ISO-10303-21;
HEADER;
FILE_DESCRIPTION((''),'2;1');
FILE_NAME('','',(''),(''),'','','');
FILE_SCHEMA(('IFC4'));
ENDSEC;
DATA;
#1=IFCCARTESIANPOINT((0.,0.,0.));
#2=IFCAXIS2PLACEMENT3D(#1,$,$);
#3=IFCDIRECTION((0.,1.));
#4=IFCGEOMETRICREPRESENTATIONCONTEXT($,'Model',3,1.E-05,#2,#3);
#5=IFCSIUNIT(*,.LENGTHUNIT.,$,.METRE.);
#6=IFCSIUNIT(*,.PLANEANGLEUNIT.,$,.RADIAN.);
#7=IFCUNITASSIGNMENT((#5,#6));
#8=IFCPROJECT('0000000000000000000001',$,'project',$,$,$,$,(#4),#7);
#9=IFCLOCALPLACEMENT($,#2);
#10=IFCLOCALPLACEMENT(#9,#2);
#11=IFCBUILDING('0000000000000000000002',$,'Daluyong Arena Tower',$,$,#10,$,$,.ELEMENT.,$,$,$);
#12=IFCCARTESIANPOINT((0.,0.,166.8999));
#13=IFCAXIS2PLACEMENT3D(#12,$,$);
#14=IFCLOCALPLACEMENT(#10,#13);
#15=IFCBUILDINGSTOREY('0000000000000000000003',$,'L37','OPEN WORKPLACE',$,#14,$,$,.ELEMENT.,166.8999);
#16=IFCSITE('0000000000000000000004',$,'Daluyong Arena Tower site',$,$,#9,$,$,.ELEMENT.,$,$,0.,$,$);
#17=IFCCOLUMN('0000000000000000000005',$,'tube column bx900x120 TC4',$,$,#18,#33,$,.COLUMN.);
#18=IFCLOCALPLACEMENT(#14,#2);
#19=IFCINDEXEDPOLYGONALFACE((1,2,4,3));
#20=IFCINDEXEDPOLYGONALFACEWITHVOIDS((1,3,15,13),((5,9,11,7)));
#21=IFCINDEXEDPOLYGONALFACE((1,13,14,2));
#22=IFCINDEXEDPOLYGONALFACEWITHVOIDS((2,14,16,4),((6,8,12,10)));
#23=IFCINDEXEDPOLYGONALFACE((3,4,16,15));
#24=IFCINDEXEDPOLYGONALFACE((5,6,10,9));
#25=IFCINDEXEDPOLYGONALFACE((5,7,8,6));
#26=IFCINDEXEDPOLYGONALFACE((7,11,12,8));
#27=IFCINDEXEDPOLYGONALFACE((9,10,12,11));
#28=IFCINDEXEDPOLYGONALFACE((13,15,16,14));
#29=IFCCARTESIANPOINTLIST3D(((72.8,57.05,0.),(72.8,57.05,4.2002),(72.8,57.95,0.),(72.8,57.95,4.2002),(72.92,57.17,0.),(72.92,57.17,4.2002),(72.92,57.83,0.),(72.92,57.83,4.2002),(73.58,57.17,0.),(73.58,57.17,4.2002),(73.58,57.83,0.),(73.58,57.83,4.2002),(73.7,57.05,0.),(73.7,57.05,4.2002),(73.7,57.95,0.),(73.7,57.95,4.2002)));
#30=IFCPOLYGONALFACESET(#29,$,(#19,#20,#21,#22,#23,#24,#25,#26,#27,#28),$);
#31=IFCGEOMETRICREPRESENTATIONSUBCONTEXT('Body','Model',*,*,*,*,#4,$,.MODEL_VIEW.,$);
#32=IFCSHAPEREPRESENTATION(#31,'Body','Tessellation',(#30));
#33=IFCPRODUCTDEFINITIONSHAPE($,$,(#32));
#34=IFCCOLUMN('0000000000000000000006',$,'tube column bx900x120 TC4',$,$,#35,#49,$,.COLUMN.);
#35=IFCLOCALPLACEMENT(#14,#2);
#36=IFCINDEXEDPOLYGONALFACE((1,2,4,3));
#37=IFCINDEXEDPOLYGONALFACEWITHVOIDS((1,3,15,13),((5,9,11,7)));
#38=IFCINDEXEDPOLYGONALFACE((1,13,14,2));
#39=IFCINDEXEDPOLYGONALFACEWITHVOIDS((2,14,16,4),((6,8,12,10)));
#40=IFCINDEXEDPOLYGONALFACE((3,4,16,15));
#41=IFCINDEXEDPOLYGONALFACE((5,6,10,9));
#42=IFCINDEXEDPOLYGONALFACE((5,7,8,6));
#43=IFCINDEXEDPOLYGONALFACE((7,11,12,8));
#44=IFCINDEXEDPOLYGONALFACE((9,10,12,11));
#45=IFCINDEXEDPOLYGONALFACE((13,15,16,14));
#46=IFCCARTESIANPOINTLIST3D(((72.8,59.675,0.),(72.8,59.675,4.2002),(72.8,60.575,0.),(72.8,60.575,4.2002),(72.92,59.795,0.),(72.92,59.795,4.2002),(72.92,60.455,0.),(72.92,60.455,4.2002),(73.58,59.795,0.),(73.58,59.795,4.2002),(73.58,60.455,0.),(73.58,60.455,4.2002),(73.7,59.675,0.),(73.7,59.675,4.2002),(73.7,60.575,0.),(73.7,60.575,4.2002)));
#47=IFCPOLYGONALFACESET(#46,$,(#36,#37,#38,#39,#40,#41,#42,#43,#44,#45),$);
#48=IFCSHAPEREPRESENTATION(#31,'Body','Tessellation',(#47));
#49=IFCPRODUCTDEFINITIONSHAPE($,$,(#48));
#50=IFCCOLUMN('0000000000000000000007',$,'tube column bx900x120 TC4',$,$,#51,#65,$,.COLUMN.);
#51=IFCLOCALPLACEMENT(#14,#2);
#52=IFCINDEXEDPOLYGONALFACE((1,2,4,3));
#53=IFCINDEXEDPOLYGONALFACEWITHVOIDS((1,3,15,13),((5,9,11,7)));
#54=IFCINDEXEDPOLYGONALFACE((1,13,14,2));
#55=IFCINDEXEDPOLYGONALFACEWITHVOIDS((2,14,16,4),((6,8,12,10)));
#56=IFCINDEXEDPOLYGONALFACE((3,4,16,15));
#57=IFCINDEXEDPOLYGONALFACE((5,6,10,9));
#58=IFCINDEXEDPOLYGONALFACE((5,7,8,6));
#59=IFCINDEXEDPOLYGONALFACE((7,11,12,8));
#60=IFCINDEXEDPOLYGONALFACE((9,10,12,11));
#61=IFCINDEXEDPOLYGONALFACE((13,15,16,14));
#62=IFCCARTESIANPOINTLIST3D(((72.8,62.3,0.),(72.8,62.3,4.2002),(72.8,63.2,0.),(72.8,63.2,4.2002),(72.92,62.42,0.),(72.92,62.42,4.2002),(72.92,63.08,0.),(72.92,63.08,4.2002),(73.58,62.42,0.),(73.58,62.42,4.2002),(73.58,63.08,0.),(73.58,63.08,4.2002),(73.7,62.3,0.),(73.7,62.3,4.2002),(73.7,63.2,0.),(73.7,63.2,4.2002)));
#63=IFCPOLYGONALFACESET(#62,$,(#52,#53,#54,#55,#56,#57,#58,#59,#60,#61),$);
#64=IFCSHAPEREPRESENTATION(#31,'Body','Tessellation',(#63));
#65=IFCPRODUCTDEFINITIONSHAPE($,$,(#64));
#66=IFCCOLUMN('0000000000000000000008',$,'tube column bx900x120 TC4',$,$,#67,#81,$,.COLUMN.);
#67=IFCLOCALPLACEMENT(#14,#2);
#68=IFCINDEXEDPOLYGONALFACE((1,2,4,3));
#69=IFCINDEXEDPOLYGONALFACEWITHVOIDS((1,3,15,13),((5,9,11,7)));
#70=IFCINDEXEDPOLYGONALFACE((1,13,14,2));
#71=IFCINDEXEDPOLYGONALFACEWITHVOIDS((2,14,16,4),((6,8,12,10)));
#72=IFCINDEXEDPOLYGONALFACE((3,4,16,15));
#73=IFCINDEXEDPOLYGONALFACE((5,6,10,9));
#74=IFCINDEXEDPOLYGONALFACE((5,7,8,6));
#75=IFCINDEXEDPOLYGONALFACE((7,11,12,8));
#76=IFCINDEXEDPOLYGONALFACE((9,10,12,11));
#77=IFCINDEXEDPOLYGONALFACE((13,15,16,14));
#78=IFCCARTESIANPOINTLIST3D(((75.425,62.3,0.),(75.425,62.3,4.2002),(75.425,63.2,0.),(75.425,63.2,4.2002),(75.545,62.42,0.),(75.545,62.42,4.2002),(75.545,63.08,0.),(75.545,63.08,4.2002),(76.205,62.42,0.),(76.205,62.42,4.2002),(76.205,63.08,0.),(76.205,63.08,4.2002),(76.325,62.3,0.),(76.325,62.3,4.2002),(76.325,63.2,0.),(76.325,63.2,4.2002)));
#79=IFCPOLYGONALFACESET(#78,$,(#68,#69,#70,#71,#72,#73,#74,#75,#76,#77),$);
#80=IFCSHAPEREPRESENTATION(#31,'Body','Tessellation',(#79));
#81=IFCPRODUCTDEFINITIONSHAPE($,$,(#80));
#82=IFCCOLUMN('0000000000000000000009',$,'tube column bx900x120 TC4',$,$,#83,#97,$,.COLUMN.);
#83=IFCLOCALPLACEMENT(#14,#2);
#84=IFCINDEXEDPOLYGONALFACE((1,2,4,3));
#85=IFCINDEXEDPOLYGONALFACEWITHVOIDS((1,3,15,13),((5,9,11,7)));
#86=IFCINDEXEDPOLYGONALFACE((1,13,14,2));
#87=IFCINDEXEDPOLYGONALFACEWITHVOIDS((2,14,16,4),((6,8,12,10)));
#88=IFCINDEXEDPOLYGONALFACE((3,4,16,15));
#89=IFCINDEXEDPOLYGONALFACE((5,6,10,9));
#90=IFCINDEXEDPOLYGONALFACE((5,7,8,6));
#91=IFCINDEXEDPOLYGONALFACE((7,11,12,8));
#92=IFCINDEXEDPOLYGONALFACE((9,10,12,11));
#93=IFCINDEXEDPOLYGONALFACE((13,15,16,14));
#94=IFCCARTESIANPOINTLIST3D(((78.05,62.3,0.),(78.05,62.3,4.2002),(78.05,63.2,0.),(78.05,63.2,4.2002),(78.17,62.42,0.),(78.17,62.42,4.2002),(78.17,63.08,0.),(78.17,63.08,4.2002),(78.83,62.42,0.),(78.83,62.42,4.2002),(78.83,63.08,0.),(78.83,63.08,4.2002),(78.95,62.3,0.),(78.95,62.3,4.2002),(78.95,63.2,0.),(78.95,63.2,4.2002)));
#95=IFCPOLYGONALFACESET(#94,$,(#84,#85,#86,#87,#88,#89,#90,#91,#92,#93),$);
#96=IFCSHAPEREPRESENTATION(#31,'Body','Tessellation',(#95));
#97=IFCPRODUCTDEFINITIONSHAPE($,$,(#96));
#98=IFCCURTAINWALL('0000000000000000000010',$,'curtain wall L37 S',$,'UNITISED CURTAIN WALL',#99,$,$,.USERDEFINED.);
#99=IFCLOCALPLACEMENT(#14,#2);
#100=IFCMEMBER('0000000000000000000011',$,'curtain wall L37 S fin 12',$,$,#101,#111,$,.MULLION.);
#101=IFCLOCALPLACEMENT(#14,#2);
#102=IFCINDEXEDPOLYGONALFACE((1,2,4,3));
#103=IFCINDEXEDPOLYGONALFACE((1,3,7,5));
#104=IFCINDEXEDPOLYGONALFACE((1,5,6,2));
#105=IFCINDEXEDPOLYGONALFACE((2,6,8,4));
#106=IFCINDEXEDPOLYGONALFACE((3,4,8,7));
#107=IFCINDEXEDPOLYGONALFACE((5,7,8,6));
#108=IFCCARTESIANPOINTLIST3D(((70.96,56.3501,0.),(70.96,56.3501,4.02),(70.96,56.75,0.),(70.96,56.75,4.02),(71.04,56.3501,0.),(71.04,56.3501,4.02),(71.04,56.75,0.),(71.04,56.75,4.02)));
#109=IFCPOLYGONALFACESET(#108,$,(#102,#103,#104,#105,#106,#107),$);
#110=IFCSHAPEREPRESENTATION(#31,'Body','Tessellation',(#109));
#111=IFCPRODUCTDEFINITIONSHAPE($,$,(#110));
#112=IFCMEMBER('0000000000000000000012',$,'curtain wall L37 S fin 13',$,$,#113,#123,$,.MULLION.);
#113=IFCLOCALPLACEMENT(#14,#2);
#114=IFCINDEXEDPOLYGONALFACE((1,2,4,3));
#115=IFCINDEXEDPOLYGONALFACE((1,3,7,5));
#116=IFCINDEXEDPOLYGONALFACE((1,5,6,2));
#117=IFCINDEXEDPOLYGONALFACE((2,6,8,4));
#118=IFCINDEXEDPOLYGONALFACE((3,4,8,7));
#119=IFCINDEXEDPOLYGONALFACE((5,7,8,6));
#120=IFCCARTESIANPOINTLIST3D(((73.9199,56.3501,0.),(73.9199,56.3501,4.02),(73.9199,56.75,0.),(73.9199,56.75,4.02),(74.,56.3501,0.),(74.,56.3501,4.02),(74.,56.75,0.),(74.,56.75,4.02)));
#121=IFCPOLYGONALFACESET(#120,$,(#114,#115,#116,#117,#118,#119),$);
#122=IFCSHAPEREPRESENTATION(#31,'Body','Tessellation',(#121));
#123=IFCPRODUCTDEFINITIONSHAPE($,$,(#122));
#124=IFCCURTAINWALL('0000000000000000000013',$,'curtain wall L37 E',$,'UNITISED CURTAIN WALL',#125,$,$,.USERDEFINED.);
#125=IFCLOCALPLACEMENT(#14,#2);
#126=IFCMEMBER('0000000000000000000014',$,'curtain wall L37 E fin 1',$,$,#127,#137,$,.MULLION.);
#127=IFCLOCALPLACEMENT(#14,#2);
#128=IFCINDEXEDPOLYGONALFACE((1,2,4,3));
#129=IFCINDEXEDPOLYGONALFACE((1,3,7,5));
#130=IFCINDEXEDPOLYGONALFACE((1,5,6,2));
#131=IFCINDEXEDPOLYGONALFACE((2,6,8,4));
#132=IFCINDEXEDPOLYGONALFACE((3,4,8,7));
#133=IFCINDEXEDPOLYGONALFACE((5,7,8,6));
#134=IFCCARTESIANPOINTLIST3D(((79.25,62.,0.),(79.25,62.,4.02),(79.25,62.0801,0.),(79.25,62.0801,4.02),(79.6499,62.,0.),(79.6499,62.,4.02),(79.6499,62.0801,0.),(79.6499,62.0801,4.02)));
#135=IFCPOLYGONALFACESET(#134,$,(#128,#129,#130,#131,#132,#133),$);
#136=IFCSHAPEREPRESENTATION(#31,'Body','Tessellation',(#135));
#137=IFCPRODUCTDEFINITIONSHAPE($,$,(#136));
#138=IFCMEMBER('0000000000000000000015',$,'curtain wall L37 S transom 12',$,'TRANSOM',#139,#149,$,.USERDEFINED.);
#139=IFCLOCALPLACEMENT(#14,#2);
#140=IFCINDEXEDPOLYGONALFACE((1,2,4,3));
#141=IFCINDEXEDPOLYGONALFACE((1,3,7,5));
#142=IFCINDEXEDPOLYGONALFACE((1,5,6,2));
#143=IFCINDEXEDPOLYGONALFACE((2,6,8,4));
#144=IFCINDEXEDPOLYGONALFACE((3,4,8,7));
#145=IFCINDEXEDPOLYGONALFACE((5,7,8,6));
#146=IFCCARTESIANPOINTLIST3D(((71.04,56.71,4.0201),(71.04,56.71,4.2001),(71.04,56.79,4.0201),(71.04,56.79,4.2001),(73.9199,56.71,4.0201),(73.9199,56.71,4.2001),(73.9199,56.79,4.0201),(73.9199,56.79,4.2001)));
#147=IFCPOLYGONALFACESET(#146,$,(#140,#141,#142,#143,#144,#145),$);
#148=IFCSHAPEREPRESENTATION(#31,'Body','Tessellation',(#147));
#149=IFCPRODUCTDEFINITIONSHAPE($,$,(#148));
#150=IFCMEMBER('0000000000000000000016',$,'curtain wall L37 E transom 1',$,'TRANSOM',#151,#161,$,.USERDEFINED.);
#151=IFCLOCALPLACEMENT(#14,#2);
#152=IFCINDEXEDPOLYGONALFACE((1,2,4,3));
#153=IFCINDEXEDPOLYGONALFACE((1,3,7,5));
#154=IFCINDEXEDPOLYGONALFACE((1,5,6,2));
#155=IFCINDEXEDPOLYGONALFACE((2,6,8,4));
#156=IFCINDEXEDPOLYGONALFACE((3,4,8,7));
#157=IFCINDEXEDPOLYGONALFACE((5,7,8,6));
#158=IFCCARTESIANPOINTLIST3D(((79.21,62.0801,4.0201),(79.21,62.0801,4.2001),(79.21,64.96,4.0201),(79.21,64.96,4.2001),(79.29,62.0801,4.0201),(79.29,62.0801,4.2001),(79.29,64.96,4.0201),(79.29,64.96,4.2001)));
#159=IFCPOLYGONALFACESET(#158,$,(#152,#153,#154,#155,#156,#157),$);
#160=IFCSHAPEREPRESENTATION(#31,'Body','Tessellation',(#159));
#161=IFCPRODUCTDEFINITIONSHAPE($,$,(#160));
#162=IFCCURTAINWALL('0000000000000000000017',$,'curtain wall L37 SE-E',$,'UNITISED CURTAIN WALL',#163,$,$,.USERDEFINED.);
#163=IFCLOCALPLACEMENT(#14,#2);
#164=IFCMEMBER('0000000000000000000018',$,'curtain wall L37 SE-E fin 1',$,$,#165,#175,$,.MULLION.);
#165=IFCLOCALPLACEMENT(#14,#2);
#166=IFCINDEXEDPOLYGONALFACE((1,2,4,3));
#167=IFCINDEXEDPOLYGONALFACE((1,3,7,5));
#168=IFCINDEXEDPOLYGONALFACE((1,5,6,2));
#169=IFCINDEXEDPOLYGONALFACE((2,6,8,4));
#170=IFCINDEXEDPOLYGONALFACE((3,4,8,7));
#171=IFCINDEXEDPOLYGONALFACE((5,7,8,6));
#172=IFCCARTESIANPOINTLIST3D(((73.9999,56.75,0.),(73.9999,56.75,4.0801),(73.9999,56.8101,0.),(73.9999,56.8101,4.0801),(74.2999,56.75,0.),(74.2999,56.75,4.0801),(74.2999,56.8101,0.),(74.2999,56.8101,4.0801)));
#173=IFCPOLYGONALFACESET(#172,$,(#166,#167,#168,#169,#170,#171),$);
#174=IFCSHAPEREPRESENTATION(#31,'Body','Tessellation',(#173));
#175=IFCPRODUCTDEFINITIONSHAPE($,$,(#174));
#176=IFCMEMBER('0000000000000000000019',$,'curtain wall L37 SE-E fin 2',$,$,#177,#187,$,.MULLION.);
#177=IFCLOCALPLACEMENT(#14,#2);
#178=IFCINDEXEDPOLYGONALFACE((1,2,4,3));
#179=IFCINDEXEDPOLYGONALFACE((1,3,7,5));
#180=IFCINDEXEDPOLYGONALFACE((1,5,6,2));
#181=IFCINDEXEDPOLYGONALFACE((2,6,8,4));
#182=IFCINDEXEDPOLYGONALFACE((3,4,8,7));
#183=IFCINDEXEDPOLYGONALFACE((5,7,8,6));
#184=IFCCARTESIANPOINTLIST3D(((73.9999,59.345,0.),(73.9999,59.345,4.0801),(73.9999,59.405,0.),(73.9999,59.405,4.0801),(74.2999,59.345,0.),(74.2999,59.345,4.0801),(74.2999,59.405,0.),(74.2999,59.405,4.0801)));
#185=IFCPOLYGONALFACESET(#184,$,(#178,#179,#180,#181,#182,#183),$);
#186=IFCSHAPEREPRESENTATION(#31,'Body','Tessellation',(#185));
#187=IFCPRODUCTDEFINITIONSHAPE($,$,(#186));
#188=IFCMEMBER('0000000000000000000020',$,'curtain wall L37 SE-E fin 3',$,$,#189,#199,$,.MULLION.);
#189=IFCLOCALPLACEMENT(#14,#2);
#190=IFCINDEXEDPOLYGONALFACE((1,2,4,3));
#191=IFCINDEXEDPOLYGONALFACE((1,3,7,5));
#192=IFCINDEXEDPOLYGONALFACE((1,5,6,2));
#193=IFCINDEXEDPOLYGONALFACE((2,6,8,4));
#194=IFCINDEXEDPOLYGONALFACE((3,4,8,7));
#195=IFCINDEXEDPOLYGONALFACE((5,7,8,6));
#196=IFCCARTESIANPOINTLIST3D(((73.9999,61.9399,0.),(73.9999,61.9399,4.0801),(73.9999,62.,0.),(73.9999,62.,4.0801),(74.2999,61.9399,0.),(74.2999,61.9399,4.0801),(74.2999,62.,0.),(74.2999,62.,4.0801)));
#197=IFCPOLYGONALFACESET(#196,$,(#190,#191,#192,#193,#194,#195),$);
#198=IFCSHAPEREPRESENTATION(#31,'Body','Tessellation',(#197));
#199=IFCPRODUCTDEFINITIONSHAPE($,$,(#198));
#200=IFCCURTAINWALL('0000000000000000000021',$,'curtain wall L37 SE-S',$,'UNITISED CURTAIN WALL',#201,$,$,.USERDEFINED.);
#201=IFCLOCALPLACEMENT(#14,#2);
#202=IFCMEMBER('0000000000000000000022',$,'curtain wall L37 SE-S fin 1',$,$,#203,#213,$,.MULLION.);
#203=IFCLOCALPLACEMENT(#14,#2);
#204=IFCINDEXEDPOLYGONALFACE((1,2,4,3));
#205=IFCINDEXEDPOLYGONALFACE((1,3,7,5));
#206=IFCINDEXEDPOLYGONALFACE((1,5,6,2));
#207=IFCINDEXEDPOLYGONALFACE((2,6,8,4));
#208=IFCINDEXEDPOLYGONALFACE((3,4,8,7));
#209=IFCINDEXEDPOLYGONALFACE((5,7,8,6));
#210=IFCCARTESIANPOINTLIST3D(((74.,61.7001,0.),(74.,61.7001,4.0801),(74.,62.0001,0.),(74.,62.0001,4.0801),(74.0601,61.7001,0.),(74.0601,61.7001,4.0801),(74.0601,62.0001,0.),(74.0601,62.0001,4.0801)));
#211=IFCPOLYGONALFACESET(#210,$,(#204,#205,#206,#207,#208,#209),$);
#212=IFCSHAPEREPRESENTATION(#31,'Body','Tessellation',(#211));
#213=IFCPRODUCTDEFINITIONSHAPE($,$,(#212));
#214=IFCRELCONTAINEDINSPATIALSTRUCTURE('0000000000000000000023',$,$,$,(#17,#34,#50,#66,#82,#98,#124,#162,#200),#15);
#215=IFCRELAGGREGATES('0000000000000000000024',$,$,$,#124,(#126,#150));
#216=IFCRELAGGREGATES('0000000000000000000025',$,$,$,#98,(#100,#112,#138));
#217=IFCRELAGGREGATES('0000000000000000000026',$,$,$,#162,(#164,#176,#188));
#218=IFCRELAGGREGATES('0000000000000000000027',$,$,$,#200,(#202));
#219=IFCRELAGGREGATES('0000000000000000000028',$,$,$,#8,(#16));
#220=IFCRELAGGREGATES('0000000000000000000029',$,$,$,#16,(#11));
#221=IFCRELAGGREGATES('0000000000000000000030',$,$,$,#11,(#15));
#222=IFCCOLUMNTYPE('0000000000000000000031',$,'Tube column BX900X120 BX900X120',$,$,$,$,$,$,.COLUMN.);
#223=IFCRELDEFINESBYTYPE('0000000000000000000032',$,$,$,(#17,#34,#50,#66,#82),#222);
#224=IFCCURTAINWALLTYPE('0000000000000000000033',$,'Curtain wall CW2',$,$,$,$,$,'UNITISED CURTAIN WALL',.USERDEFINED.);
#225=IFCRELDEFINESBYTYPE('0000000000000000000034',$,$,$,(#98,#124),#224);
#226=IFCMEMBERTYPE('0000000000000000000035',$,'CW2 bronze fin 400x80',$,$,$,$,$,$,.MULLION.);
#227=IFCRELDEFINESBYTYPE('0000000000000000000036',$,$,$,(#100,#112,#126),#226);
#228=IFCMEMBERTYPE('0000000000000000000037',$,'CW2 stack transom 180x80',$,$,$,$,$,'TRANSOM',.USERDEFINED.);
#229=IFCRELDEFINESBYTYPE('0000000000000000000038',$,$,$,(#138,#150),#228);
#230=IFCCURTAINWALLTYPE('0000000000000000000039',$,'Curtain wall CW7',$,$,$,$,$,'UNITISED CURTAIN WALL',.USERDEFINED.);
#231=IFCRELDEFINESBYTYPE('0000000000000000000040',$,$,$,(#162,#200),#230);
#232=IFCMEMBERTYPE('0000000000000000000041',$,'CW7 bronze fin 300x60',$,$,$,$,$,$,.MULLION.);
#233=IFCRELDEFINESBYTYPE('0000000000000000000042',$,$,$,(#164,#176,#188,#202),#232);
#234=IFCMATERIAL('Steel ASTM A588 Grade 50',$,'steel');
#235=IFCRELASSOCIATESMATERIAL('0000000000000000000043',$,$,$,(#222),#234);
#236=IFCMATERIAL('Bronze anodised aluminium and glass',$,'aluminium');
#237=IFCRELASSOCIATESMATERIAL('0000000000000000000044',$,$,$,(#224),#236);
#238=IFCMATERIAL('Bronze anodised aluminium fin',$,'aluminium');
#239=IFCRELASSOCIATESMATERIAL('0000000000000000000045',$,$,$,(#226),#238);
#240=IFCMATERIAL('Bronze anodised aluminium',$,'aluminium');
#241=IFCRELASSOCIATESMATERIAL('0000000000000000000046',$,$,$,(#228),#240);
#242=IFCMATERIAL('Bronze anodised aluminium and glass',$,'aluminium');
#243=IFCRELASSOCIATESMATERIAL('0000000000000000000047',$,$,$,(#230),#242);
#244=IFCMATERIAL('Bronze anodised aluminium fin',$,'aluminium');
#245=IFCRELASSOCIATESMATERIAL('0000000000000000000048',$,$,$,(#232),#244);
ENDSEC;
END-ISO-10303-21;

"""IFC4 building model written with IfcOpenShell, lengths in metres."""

from ifc_helpers import new_model, si_unit, direction, frame, origin, origin_2d, place, context, subcontext, project, spatial, rectangle, hollow_rectangle, extrude, material, material_profile, profile_set, type_object, element, aggregate, save


model = new_model("IFC4")

# Units and contexts
model_context = context("Model", 3, precision=1e-05, world=origin(), true_north=direction((0.0, 1.0)))
body_context = subcontext(model_context, "Body", "Model", "MODEL_VIEW")
ifc_project = project(units=[si_unit("LENGTHUNIT", "METRE"), si_unit("PLANEANGLEUNIT", "RADIAN")], contexts=[model_context])

# Site, building, storey
site_placement = place(None, origin())
site = spatial("IfcSite", under=ifc_project, at=site_placement, Name="Daluyong Arena Tower site", CompositionType="ELEMENT", RefElevation=0.0)
building_placement = place(site_placement, origin())
building = spatial("IfcBuilding", under=site, at=building_placement, Name="Daluyong Arena Tower", CompositionType="ELEMENT")
storey_placement = place(building_placement, frame((0.0, 0.0, 166.8999)))
storey = spatial("IfcBuildingStorey", under=building, at=storey_placement, Name="L37", Description="OPEN WORKPLACE", CompositionType="ELEMENT", Elevation=166.8999)

# Columns
ifc_material_1 = material(Name="Steel ASTM A588 Grade 50", Category="steel")
ifc_material_profile_1 = material_profile(ifc_material_1, hollow_rectangle(XDim=0.8999, YDim=0.8999, WallThickness=0.12, at=origin_2d()))
ifc_profile_set_1 = profile_set([ifc_material_profile_1], Name="Steel ASTM A588 Grade 50")
column_type = type_object("IfcColumnType", Name="Tube column BX900X120 BX900X120", PredefinedType="COLUMN", material=ifc_profile_set_1)
for number, where, z_axis, x_axis, name in (
    (1, (73.25, 57.5, 0.0), (0.0, 0.0, 1.0), (0.0, 1.0, 0.0), "tube column bx900x120 TC4"),
    (2, (73.25, 60.125, 0.0), (0.0, 0.0, 1.0), (0.0, 1.0, 0.0), "tube column bx900x120 TC4"),
    (3, (73.25, 62.75, 0.0), (0.0, 0.0, 1.0), (1.0, 0.0, 0.0), "tube column bx900x120 TC4"),
    (4, (75.875, 62.75, 0.0), (0.0, 0.0, 1.0), (1.0, 0.0, 0.0), "tube column bx900x120 TC4"),
    (5, (78.5, 62.75, 0.0), (0.0, 0.0, 1.0), (0.0, 1.0, 0.0), "tube column bx900x120 TC4"),
):
    element("IfcColumn", number, at=place(storey_placement, frame(where, z_axis=z_axis, x_axis=x_axis)), inside=storey, type_object=column_type, Name=name, PredefinedType="COLUMN", context=body_context, shape_type="SweptSolid", body=[
        extrude(hollow_rectangle(XDim=0.8999, YDim=0.8999, WallThickness=0.12, at=origin_2d()), origin(), (0.0, 0.0, 1.0), 4.2002),
    ])

# Curtain wall, members
ifc_material_2 = material(Name="Bronze anodised aluminium and glass", Category="aluminium")
curtain_wall_type_1 = type_object("IfcCurtainWallType", Name="Curtain wall CW2", ElementType="UNITISED CURTAIN WALL", PredefinedType="USERDEFINED", material=ifc_material_2)
curtain_wall_1_placement = place(storey_placement, origin())
curtain_wall_1 = element("IfcCurtainWall", 6, at=curtain_wall_1_placement, inside=storey, type_object=curtain_wall_type_1, Name="curtain wall L37 S", ObjectType="UNITISED CURTAIN WALL", PredefinedType="USERDEFINED")
ifc_material_3 = material(Name="Bronze anodised aluminium fin", Category="aluminium")
ifc_material_profile_2 = material_profile(ifc_material_3, rectangle(XDim=0.3999, YDim=0.0801, at=origin_2d()))
ifc_profile_set_2 = profile_set([ifc_material_profile_2], Name="Bronze anodised aluminium fin")
member_type_1 = type_object("IfcMemberType", Name="CW2 bronze fin 400x80", PredefinedType="MULLION", material=ifc_profile_set_2)
member_1_placement = place(storey_placement, frame((71.0, 56.55, 0.0), z_axis=(0.0, 0.0, 1.0), x_axis=(0.0, 1.0, 0.0)))
member_1 = element("IfcMember", 7, at=member_1_placement, type_object=member_type_1, Name="curtain wall L37 S fin 12", PredefinedType="MULLION", context=body_context, shape_type="SweptSolid", body=[
    extrude(rectangle(XDim=0.3999, YDim=0.0801, at=origin_2d()), origin(), (0.0, 0.0, 1.0), 4.02),
])
member_2_placement = place(storey_placement, frame((73.96, 56.55, 0.0), z_axis=(0.0, 0.0, 1.0), x_axis=(0.0, 1.0, 0.0)))
member_2 = element("IfcMember", 8, at=member_2_placement, type_object=member_type_1, Name="curtain wall L37 S fin 13", PredefinedType="MULLION", context=body_context, shape_type="SweptSolid", body=[
    extrude(rectangle(XDim=0.3999, YDim=0.0801, at=origin_2d()), origin(), (0.0, 0.0, 1.0), 4.02),
])

# Curtain wall, member
curtain_wall_2_placement = place(storey_placement, origin())
curtain_wall_2 = element("IfcCurtainWall", 9, at=curtain_wall_2_placement, inside=storey, type_object=curtain_wall_type_1, Name="curtain wall L37 E", ObjectType="UNITISED CURTAIN WALL", PredefinedType="USERDEFINED")
member_3_placement = place(storey_placement, frame((79.45, 62.04, 0.0), z_axis=(0.0, 0.0, 1.0), x_axis=(-1.0, 0.0, 0.0)))
member_3 = element("IfcMember", 10, at=member_3_placement, type_object=member_type_1, Name="curtain wall L37 E fin 1", PredefinedType="MULLION", context=body_context, shape_type="SweptSolid", body=[
    extrude(rectangle(XDim=0.3999, YDim=0.0801, at=origin_2d()), origin(), (0.0, 0.0, 1.0), 4.02),
])

# Members
ifc_material_4 = material(Name="Bronze anodised aluminium", Category="aluminium")
ifc_material_profile_3 = material_profile(ifc_material_4, rectangle(XDim=0.0801, YDim=0.1799, at=origin_2d()))
ifc_profile_set_3 = profile_set([ifc_material_profile_3], Name="Bronze anodised aluminium")
member_type_2 = type_object("IfcMemberType", Name="CW2 stack transom 180x80", ElementType="TRANSOM", PredefinedType="USERDEFINED", material=ifc_profile_set_3)
member_4_placement = place(storey_placement, frame((71.04, 56.75, 4.1101), z_axis=(1.0, 0.0, 0.0), x_axis=(0.0, 1.0, 0.0)))
member_4 = element("IfcMember", 11, at=member_4_placement, type_object=member_type_2, Name="curtain wall L37 S transom 12", ObjectType="TRANSOM", PredefinedType="USERDEFINED", context=body_context, shape_type="SweptSolid", body=[
    extrude(rectangle(XDim=0.0801, YDim=0.1799, at=origin_2d()), origin(), (0.0, 0.0, 1.0), 2.8799),
])
member_5_placement = place(storey_placement, frame((79.25, 62.0801, 4.1101), z_axis=(0.0, 1.0, 0.0), x_axis=(-1.0, 0.0, 0.0)))
member_5 = element("IfcMember", 12, at=member_5_placement, type_object=member_type_2, Name="curtain wall L37 E transom 1", ObjectType="TRANSOM", PredefinedType="USERDEFINED", context=body_context, shape_type="SweptSolid", body=[
    extrude(rectangle(XDim=0.0801, YDim=0.1799, at=origin_2d()), origin(), (0.0, 0.0, 1.0), 2.8799),
])
aggregate(curtain_wall_2, [member_3, member_5])

# Curtain walls, members
ifc_material_5 = material(Name="Bronze anodised aluminium and glass", Category="aluminium")
curtain_wall_type_2 = type_object("IfcCurtainWallType", Name="Curtain wall CW7", ElementType="UNITISED CURTAIN WALL", PredefinedType="USERDEFINED", material=ifc_material_5)
curtain_wall_3_placement = place(storey_placement, origin())
curtain_wall_3 = element("IfcCurtainWall", 13, at=curtain_wall_3_placement, inside=storey, type_object=curtain_wall_type_2, Name="curtain wall L37 SE-E", ObjectType="UNITISED CURTAIN WALL", PredefinedType="USERDEFINED")
ifc_material_6 = material(Name="Bronze anodised aluminium fin", Category="aluminium")
ifc_material_profile_4 = material_profile(ifc_material_6, rectangle(XDim=0.3, YDim=0.0601, at=origin_2d()))
ifc_profile_set_4 = profile_set([ifc_material_profile_4], Name="Bronze anodised aluminium fin")
member_type_3 = type_object("IfcMemberType", Name="CW7 bronze fin 300x60", PredefinedType="MULLION", material=ifc_profile_set_4)
member_6_placement = place(storey_placement, frame((74.1499, 56.78, 0.0), z_axis=(0.0, 0.0, 1.0), x_axis=(-1.0, 0.0, 0.0)))
member_6 = element("IfcMember", 14, at=member_6_placement, type_object=member_type_3, Name="curtain wall L37 SE-E fin 1", PredefinedType="MULLION", context=body_context, shape_type="SweptSolid", body=[
    extrude(rectangle(XDim=0.3, YDim=0.0601, at=origin_2d()), origin(), (0.0, 0.0, 1.0), 4.0801),
])
member_7_placement = place(storey_placement, frame((74.1499, 59.375, 0.0), z_axis=(0.0, 0.0, 1.0), x_axis=(-1.0, 0.0, 0.0)))
member_7 = element("IfcMember", 15, at=member_7_placement, type_object=member_type_3, Name="curtain wall L37 SE-E fin 2", PredefinedType="MULLION", context=body_context, shape_type="SweptSolid", body=[
    extrude(rectangle(XDim=0.3, YDim=0.0601, at=origin_2d()), origin(), (0.0, 0.0, 1.0), 4.0801),
])
member_8_placement = place(storey_placement, frame((74.1499, 61.97, 0.0), z_axis=(0.0, 0.0, 1.0), x_axis=(-1.0, 0.0, 0.0)))
member_8 = element("IfcMember", 16, at=member_8_placement, type_object=member_type_3, Name="curtain wall L37 SE-E fin 3", PredefinedType="MULLION", context=body_context, shape_type="SweptSolid", body=[
    extrude(rectangle(XDim=0.3, YDim=0.0601, at=origin_2d()), origin(), (0.0, 0.0, 1.0), 4.0801),
])
curtain_wall_4_placement = place(storey_placement, origin())
curtain_wall_4 = element("IfcCurtainWall", 17, at=curtain_wall_4_placement, inside=storey, type_object=curtain_wall_type_2, Name="curtain wall L37 SE-S", ObjectType="UNITISED CURTAIN WALL", PredefinedType="USERDEFINED")
member_9_placement = place(storey_placement, frame((74.03, 61.8501, 0.0), z_axis=(0.0, 0.0, 1.0), x_axis=(0.0, 1.0, 0.0)))
member_9 = element("IfcMember", 18, at=member_9_placement, type_object=member_type_3, Name="curtain wall L37 SE-S fin 1", PredefinedType="MULLION", context=body_context, shape_type="SweptSolid", body=[
    extrude(rectangle(XDim=0.3, YDim=0.0601, at=origin_2d()), origin(), (0.0, 0.0, 1.0), 4.0801),
])

aggregate(curtain_wall_1, [member_1, member_2, member_4])
aggregate(curtain_wall_3, [member_6, member_7, member_8])
aggregate(curtain_wall_4, [member_9])

save(model, "model.ifc")
